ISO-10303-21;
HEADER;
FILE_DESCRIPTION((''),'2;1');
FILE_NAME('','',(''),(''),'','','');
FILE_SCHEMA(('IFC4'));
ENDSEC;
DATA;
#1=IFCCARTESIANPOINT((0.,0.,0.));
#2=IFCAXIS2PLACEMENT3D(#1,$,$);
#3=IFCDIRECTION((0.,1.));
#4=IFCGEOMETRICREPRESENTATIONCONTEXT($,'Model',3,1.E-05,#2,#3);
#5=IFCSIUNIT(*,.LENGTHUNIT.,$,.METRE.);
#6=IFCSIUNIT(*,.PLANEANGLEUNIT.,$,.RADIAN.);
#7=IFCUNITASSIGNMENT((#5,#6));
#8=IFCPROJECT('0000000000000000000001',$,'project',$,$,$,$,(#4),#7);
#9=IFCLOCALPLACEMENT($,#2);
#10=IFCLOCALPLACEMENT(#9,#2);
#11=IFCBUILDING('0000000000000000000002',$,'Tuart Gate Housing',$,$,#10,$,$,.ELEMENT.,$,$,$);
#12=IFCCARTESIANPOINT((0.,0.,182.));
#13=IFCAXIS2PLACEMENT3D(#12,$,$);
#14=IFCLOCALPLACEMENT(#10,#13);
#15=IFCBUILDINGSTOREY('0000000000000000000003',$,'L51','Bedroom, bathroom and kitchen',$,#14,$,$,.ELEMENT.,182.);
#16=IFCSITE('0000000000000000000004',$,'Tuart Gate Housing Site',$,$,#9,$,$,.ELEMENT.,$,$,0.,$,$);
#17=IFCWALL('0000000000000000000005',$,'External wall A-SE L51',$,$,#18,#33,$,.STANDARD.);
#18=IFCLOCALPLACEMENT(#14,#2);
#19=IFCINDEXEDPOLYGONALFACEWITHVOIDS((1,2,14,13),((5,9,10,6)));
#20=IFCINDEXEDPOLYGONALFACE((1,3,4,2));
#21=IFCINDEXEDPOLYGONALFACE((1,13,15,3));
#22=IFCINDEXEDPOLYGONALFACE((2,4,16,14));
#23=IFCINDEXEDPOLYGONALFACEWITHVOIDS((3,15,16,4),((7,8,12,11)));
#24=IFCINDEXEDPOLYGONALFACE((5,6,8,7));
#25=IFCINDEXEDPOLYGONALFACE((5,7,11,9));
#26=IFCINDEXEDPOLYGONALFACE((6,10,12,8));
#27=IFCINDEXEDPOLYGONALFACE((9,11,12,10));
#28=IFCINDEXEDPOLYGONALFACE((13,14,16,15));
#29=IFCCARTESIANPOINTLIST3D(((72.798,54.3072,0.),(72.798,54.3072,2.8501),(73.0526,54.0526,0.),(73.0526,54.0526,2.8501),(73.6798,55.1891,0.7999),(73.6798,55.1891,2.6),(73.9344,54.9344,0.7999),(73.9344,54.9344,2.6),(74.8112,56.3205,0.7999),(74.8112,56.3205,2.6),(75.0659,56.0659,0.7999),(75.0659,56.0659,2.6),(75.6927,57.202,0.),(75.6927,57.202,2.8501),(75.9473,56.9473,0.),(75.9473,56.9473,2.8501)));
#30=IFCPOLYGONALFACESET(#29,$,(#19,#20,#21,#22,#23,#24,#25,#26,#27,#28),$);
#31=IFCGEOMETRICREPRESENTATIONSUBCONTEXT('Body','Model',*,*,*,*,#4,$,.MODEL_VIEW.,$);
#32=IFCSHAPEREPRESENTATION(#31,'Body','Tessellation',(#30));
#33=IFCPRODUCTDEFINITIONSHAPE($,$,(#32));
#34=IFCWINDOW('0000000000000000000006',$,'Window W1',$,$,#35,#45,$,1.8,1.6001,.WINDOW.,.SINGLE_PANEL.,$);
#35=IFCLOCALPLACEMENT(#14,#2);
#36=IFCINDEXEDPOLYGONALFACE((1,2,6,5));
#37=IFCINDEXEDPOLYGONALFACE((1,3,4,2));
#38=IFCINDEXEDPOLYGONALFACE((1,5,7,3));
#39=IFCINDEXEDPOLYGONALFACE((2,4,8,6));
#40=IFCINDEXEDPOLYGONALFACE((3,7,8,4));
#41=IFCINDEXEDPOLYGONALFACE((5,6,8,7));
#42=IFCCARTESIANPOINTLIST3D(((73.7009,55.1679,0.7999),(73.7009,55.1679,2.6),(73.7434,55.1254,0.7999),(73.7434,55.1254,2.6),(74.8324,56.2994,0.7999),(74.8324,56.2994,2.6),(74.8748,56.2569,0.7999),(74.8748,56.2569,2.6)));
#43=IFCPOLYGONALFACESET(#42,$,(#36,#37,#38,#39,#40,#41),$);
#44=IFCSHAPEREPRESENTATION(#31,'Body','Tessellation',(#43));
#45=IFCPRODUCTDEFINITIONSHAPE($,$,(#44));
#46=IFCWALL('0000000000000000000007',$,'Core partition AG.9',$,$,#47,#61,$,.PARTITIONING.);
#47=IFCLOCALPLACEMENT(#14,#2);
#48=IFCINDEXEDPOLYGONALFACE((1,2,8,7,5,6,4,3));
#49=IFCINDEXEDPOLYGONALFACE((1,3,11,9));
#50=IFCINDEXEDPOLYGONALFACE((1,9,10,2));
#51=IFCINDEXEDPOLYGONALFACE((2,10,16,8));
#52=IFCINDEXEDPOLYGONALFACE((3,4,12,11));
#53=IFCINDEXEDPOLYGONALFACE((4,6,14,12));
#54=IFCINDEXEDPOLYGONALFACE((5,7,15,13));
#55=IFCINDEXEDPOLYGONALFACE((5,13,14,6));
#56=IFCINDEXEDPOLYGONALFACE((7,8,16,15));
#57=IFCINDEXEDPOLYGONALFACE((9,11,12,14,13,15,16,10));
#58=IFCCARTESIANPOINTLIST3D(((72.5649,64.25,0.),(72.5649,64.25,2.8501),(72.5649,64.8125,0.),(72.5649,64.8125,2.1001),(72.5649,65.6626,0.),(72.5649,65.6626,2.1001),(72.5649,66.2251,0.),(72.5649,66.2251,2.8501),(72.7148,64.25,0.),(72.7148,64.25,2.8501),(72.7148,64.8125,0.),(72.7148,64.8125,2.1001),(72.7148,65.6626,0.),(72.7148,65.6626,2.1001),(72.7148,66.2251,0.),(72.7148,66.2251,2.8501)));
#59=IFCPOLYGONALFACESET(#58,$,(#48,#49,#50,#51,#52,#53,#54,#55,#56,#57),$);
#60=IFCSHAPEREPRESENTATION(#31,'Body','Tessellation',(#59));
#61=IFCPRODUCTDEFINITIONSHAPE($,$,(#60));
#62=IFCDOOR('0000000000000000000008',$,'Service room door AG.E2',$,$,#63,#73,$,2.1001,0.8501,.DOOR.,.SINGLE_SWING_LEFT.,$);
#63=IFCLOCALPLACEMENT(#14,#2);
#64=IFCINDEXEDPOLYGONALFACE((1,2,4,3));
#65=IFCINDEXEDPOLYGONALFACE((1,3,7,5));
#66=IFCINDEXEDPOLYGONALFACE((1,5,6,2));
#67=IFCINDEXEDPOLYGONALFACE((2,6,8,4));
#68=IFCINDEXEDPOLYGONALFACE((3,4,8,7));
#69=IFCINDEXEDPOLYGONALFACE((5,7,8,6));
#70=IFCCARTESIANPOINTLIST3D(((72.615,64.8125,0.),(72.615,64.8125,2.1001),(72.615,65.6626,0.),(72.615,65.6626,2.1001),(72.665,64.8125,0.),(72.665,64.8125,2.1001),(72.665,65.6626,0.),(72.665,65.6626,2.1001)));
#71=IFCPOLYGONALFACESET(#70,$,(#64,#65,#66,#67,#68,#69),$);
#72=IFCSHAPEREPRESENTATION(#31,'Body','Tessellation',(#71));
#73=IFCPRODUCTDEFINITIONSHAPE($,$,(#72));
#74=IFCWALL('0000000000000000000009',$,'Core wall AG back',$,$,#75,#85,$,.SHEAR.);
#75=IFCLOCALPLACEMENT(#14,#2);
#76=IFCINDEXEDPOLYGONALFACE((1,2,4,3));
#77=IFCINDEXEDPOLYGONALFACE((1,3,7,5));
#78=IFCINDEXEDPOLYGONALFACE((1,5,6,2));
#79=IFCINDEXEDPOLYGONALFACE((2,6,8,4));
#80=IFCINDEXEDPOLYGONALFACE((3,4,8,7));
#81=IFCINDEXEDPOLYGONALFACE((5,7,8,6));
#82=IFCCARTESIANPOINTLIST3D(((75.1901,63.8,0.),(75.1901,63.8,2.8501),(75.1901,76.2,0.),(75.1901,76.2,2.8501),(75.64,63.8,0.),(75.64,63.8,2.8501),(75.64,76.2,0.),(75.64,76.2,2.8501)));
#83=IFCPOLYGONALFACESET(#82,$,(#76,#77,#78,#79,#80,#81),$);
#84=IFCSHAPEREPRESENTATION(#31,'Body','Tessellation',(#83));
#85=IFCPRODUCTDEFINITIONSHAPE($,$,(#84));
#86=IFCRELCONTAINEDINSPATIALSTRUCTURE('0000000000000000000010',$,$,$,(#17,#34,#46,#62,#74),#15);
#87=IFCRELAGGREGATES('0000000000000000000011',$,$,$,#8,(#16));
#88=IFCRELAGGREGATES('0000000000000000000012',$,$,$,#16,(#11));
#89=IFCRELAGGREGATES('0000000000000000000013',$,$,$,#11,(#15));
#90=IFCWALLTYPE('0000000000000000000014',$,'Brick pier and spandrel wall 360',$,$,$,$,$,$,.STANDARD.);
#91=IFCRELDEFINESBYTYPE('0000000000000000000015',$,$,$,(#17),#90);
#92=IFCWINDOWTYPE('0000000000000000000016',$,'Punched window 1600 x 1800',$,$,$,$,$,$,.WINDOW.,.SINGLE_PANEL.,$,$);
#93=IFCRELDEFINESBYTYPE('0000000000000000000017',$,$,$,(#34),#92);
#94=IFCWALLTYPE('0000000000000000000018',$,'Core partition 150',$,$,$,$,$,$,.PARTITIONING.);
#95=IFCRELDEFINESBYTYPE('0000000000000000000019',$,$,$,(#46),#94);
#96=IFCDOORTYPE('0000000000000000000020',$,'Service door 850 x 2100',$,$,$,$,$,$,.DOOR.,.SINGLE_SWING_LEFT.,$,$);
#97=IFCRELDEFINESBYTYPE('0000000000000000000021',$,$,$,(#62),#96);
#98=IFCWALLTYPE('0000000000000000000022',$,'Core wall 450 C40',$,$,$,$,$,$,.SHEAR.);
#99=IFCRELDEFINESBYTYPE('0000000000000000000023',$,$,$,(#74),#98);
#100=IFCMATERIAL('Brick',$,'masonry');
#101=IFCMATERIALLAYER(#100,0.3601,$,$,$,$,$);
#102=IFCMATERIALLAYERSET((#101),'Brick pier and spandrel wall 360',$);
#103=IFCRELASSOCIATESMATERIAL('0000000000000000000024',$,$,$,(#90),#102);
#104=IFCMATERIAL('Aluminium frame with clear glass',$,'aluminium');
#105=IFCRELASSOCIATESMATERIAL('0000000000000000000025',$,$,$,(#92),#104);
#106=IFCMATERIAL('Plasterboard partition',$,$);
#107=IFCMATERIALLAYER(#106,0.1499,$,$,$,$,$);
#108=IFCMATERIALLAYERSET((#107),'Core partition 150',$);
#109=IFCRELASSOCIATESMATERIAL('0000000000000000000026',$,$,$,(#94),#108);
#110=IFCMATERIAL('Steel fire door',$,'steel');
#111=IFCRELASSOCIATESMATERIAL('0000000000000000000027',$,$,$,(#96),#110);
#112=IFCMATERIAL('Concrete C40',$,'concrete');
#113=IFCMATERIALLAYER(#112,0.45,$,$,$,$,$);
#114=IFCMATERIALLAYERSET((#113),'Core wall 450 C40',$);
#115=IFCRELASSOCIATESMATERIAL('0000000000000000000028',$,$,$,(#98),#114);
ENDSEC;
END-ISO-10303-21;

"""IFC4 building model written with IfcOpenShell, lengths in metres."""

from ifc_helpers import new_model, si_unit, direction, frame, frame_2d, origin, place, context, subcontext, project, spatial, rectangle, extrude, material, layer, layer_set, type_object, element, fill, save


model = new_model("IFC4")

# Units and contexts
model_context = context("Model", 3, precision=1e-05, world=origin(), true_north=direction((0.0, 1.0)))
body_context = subcontext(model_context, "Body", "Model", "MODEL_VIEW")
ifc_project = project(units=[si_unit("LENGTHUNIT", "METRE"), si_unit("PLANEANGLEUNIT", "RADIAN")], contexts=[model_context])

# Site, building, storey
site_placement = place(None, origin())
site = spatial("IfcSite", under=ifc_project, at=site_placement, Name="Tuart Gate Housing Site", CompositionType="ELEMENT", RefElevation=0.0)
building_placement = place(site_placement, origin())
building = spatial("IfcBuilding", under=site, at=building_placement, Name="Tuart Gate Housing", CompositionType="ELEMENT")
storey_placement = place(building_placement, frame((0.0, 0.0, 182.0)))
storey = spatial("IfcBuildingStorey", under=building, at=storey_placement, Name="L51", Description="Bedroom, bathroom and kitchen", CompositionType="ELEMENT", Elevation=182.0)

# Wall, opening, window
ifc_material_1 = material(Name="Brick", Category="masonry")
ifc_layer_1 = layer(ifc_material_1, 0.3601)
ifc_layer_set_1 = layer_set([ifc_layer_1], Name="Brick pier and spandrel wall 360")
wall_type_1 = type_object("IfcWallType", Name="Brick pier and spandrel wall 360", PredefinedType="STANDARD", material=ifc_layer_set_1)
wall_1_placement = place(storey_placement, frame((72.9253, 54.1799, 0.0), z_axis=(0.0, 0.0, 1.0), x_axis=(0.707107, 0.707107, 0.0)))
wall_1 = element("IfcWall", 1, at=wall_1_placement, inside=storey, type_object=wall_type_1, Name="External wall A-SE L51", PredefinedType="STANDARD", context=body_context, shape_type="SweptSolid", body=[
    extrude(rectangle(XDim=4.0938, YDim=0.3601, at=frame_2d((2.0469, 0.0))), origin(), (0.0, 0.0, 1.0), 2.8501),
])
opening_1_placement = place(wall_1_placement, frame((1.2471, 0.0, 0.8)))
opening_1 = element("IfcOpeningElement", 2, at=opening_1_placement, cuts=wall_1, PredefinedType="OPENING", context=body_context, shape_type="SweptSolid", body=[
    extrude(rectangle(XDim=1.6001, YDim=1.8, at=frame_2d((0.8, 0.8999))), frame((0.0, 0.1899, 0.0), z_axis=(0.0, -1.0, 0.0), x_axis=(1.0, 0.0, 0.0)), (0.0, 0.0, 1.0), 0.3801),
])
ifc_material_2 = material(Name="Aluminium frame with clear glass", Category="aluminium")
window_type = type_object("IfcWindowType", Name="Punched window 1600 x 1800", PartitioningType="SINGLE_PANEL", PredefinedType="WINDOW", material=ifc_material_2)
window_placement = place(opening_1_placement, origin())
window = element("IfcWindow", 3, at=window_placement, inside=storey, type_object=window_type, Name="Window W1", OverallHeight=1.8, OverallWidth=1.6001, PartitioningType="SINGLE_PANEL", PredefinedType="WINDOW", context=body_context, shape_type="SweptSolid", body=[
    extrude(rectangle(XDim=1.6001, YDim=1.8, at=frame_2d((0.8, 0.8999))), frame((0.0, 0.1501, 0.0), z_axis=(0.0, -1.0, 0.0), x_axis=(1.0, 0.0, 0.0)), (0.0, 0.0, 1.0), 0.0601),
])
fill(opening_1, window)

# Wall, opening, door
ifc_material_3 = material(Name="Plasterboard partition")
ifc_layer_2 = layer(ifc_material_3, 0.1499)
ifc_layer_set_2 = layer_set([ifc_layer_2], Name="Core partition 150")
wall_type_2 = type_object("IfcWallType", Name="Core partition 150", PredefinedType="PARTITIONING", material=ifc_layer_set_2)
wall_2_placement = place(storey_placement, frame((72.6399, 64.25, 0.0), z_axis=(0.0, 0.0, 1.0), x_axis=(0.0, 1.0, 0.0)))
wall_2 = element("IfcWall", 4, at=wall_2_placement, inside=storey, type_object=wall_type_2, Name="Core partition AG.9", PredefinedType="PARTITIONING", context=body_context, shape_type="SweptSolid", body=[
    extrude(rectangle(XDim=1.9751, YDim=0.1499, at=frame_2d((0.9875, 0.0))), origin(), (0.0, 0.0, 1.0), 2.8501),
])
opening_2_placement = place(wall_2_placement, frame((0.5625, 0.0, 0.0)))
opening_2 = element("IfcOpeningElement", 5, at=opening_2_placement, cuts=wall_2, PredefinedType="OPENING", context=body_context, shape_type="SweptSolid", body=[
    extrude(rectangle(XDim=0.8501, YDim=2.1001, at=frame_2d((0.425, 1.05))), frame((0.0, 0.085, 0.0), z_axis=(0.0, -1.0, 0.0), x_axis=(1.0, 0.0, 0.0)), (0.0, 0.0, 1.0), 0.1699),
])
ifc_material_4 = material(Name="Steel fire door", Category="steel")
door_type = type_object("IfcDoorType", Name="Service door 850 x 2100", OperationType="SINGLE_SWING_LEFT", PredefinedType="DOOR", material=ifc_material_4)
door_placement = place(opening_2_placement, origin())
door = element("IfcDoor", 6, at=door_placement, inside=storey, type_object=door_type, Name="Service room door AG.E2", OperationType="SINGLE_SWING_LEFT", OverallHeight=2.1001, OverallWidth=0.8501, PredefinedType="DOOR", context=body_context, shape_type="SweptSolid", body=[
    extrude(rectangle(XDim=0.8501, YDim=2.1001, at=frame_2d((0.425, 1.05))), frame((0.0, 0.0249, 0.0), z_axis=(0.0, -1.0, 0.0), x_axis=(1.0, 0.0, 0.0)), (0.0, 0.0, 1.0), 0.05),
])
fill(opening_2, door)

# Wall
ifc_material_5 = material(Name="Concrete C40", Category="concrete")
ifc_layer_3 = layer(ifc_material_5, 0.45)
ifc_layer_set_3 = layer_set([ifc_layer_3], Name="Core wall 450 C40")
wall_type_3 = type_object("IfcWallType", Name="Core wall 450 C40", PredefinedType="SHEAR", material=ifc_layer_set_3)
wall_3_placement = place(storey_placement, frame((75.415, 63.8, 0.0), z_axis=(0.0, 0.0, 1.0), x_axis=(0.0, 1.0, 0.0)))
element("IfcWall", 7, at=wall_3_placement, inside=storey, type_object=wall_type_3, Name="Core wall AG back", PredefinedType="SHEAR", context=body_context, shape_type="SweptSolid", body=[
    extrude(rectangle(XDim=12.3999, YDim=0.45, at=frame_2d((6.2, 0.0))), origin(), (0.0, 0.0, 1.0), 2.8501),
])

save(model, "model.ifc")
